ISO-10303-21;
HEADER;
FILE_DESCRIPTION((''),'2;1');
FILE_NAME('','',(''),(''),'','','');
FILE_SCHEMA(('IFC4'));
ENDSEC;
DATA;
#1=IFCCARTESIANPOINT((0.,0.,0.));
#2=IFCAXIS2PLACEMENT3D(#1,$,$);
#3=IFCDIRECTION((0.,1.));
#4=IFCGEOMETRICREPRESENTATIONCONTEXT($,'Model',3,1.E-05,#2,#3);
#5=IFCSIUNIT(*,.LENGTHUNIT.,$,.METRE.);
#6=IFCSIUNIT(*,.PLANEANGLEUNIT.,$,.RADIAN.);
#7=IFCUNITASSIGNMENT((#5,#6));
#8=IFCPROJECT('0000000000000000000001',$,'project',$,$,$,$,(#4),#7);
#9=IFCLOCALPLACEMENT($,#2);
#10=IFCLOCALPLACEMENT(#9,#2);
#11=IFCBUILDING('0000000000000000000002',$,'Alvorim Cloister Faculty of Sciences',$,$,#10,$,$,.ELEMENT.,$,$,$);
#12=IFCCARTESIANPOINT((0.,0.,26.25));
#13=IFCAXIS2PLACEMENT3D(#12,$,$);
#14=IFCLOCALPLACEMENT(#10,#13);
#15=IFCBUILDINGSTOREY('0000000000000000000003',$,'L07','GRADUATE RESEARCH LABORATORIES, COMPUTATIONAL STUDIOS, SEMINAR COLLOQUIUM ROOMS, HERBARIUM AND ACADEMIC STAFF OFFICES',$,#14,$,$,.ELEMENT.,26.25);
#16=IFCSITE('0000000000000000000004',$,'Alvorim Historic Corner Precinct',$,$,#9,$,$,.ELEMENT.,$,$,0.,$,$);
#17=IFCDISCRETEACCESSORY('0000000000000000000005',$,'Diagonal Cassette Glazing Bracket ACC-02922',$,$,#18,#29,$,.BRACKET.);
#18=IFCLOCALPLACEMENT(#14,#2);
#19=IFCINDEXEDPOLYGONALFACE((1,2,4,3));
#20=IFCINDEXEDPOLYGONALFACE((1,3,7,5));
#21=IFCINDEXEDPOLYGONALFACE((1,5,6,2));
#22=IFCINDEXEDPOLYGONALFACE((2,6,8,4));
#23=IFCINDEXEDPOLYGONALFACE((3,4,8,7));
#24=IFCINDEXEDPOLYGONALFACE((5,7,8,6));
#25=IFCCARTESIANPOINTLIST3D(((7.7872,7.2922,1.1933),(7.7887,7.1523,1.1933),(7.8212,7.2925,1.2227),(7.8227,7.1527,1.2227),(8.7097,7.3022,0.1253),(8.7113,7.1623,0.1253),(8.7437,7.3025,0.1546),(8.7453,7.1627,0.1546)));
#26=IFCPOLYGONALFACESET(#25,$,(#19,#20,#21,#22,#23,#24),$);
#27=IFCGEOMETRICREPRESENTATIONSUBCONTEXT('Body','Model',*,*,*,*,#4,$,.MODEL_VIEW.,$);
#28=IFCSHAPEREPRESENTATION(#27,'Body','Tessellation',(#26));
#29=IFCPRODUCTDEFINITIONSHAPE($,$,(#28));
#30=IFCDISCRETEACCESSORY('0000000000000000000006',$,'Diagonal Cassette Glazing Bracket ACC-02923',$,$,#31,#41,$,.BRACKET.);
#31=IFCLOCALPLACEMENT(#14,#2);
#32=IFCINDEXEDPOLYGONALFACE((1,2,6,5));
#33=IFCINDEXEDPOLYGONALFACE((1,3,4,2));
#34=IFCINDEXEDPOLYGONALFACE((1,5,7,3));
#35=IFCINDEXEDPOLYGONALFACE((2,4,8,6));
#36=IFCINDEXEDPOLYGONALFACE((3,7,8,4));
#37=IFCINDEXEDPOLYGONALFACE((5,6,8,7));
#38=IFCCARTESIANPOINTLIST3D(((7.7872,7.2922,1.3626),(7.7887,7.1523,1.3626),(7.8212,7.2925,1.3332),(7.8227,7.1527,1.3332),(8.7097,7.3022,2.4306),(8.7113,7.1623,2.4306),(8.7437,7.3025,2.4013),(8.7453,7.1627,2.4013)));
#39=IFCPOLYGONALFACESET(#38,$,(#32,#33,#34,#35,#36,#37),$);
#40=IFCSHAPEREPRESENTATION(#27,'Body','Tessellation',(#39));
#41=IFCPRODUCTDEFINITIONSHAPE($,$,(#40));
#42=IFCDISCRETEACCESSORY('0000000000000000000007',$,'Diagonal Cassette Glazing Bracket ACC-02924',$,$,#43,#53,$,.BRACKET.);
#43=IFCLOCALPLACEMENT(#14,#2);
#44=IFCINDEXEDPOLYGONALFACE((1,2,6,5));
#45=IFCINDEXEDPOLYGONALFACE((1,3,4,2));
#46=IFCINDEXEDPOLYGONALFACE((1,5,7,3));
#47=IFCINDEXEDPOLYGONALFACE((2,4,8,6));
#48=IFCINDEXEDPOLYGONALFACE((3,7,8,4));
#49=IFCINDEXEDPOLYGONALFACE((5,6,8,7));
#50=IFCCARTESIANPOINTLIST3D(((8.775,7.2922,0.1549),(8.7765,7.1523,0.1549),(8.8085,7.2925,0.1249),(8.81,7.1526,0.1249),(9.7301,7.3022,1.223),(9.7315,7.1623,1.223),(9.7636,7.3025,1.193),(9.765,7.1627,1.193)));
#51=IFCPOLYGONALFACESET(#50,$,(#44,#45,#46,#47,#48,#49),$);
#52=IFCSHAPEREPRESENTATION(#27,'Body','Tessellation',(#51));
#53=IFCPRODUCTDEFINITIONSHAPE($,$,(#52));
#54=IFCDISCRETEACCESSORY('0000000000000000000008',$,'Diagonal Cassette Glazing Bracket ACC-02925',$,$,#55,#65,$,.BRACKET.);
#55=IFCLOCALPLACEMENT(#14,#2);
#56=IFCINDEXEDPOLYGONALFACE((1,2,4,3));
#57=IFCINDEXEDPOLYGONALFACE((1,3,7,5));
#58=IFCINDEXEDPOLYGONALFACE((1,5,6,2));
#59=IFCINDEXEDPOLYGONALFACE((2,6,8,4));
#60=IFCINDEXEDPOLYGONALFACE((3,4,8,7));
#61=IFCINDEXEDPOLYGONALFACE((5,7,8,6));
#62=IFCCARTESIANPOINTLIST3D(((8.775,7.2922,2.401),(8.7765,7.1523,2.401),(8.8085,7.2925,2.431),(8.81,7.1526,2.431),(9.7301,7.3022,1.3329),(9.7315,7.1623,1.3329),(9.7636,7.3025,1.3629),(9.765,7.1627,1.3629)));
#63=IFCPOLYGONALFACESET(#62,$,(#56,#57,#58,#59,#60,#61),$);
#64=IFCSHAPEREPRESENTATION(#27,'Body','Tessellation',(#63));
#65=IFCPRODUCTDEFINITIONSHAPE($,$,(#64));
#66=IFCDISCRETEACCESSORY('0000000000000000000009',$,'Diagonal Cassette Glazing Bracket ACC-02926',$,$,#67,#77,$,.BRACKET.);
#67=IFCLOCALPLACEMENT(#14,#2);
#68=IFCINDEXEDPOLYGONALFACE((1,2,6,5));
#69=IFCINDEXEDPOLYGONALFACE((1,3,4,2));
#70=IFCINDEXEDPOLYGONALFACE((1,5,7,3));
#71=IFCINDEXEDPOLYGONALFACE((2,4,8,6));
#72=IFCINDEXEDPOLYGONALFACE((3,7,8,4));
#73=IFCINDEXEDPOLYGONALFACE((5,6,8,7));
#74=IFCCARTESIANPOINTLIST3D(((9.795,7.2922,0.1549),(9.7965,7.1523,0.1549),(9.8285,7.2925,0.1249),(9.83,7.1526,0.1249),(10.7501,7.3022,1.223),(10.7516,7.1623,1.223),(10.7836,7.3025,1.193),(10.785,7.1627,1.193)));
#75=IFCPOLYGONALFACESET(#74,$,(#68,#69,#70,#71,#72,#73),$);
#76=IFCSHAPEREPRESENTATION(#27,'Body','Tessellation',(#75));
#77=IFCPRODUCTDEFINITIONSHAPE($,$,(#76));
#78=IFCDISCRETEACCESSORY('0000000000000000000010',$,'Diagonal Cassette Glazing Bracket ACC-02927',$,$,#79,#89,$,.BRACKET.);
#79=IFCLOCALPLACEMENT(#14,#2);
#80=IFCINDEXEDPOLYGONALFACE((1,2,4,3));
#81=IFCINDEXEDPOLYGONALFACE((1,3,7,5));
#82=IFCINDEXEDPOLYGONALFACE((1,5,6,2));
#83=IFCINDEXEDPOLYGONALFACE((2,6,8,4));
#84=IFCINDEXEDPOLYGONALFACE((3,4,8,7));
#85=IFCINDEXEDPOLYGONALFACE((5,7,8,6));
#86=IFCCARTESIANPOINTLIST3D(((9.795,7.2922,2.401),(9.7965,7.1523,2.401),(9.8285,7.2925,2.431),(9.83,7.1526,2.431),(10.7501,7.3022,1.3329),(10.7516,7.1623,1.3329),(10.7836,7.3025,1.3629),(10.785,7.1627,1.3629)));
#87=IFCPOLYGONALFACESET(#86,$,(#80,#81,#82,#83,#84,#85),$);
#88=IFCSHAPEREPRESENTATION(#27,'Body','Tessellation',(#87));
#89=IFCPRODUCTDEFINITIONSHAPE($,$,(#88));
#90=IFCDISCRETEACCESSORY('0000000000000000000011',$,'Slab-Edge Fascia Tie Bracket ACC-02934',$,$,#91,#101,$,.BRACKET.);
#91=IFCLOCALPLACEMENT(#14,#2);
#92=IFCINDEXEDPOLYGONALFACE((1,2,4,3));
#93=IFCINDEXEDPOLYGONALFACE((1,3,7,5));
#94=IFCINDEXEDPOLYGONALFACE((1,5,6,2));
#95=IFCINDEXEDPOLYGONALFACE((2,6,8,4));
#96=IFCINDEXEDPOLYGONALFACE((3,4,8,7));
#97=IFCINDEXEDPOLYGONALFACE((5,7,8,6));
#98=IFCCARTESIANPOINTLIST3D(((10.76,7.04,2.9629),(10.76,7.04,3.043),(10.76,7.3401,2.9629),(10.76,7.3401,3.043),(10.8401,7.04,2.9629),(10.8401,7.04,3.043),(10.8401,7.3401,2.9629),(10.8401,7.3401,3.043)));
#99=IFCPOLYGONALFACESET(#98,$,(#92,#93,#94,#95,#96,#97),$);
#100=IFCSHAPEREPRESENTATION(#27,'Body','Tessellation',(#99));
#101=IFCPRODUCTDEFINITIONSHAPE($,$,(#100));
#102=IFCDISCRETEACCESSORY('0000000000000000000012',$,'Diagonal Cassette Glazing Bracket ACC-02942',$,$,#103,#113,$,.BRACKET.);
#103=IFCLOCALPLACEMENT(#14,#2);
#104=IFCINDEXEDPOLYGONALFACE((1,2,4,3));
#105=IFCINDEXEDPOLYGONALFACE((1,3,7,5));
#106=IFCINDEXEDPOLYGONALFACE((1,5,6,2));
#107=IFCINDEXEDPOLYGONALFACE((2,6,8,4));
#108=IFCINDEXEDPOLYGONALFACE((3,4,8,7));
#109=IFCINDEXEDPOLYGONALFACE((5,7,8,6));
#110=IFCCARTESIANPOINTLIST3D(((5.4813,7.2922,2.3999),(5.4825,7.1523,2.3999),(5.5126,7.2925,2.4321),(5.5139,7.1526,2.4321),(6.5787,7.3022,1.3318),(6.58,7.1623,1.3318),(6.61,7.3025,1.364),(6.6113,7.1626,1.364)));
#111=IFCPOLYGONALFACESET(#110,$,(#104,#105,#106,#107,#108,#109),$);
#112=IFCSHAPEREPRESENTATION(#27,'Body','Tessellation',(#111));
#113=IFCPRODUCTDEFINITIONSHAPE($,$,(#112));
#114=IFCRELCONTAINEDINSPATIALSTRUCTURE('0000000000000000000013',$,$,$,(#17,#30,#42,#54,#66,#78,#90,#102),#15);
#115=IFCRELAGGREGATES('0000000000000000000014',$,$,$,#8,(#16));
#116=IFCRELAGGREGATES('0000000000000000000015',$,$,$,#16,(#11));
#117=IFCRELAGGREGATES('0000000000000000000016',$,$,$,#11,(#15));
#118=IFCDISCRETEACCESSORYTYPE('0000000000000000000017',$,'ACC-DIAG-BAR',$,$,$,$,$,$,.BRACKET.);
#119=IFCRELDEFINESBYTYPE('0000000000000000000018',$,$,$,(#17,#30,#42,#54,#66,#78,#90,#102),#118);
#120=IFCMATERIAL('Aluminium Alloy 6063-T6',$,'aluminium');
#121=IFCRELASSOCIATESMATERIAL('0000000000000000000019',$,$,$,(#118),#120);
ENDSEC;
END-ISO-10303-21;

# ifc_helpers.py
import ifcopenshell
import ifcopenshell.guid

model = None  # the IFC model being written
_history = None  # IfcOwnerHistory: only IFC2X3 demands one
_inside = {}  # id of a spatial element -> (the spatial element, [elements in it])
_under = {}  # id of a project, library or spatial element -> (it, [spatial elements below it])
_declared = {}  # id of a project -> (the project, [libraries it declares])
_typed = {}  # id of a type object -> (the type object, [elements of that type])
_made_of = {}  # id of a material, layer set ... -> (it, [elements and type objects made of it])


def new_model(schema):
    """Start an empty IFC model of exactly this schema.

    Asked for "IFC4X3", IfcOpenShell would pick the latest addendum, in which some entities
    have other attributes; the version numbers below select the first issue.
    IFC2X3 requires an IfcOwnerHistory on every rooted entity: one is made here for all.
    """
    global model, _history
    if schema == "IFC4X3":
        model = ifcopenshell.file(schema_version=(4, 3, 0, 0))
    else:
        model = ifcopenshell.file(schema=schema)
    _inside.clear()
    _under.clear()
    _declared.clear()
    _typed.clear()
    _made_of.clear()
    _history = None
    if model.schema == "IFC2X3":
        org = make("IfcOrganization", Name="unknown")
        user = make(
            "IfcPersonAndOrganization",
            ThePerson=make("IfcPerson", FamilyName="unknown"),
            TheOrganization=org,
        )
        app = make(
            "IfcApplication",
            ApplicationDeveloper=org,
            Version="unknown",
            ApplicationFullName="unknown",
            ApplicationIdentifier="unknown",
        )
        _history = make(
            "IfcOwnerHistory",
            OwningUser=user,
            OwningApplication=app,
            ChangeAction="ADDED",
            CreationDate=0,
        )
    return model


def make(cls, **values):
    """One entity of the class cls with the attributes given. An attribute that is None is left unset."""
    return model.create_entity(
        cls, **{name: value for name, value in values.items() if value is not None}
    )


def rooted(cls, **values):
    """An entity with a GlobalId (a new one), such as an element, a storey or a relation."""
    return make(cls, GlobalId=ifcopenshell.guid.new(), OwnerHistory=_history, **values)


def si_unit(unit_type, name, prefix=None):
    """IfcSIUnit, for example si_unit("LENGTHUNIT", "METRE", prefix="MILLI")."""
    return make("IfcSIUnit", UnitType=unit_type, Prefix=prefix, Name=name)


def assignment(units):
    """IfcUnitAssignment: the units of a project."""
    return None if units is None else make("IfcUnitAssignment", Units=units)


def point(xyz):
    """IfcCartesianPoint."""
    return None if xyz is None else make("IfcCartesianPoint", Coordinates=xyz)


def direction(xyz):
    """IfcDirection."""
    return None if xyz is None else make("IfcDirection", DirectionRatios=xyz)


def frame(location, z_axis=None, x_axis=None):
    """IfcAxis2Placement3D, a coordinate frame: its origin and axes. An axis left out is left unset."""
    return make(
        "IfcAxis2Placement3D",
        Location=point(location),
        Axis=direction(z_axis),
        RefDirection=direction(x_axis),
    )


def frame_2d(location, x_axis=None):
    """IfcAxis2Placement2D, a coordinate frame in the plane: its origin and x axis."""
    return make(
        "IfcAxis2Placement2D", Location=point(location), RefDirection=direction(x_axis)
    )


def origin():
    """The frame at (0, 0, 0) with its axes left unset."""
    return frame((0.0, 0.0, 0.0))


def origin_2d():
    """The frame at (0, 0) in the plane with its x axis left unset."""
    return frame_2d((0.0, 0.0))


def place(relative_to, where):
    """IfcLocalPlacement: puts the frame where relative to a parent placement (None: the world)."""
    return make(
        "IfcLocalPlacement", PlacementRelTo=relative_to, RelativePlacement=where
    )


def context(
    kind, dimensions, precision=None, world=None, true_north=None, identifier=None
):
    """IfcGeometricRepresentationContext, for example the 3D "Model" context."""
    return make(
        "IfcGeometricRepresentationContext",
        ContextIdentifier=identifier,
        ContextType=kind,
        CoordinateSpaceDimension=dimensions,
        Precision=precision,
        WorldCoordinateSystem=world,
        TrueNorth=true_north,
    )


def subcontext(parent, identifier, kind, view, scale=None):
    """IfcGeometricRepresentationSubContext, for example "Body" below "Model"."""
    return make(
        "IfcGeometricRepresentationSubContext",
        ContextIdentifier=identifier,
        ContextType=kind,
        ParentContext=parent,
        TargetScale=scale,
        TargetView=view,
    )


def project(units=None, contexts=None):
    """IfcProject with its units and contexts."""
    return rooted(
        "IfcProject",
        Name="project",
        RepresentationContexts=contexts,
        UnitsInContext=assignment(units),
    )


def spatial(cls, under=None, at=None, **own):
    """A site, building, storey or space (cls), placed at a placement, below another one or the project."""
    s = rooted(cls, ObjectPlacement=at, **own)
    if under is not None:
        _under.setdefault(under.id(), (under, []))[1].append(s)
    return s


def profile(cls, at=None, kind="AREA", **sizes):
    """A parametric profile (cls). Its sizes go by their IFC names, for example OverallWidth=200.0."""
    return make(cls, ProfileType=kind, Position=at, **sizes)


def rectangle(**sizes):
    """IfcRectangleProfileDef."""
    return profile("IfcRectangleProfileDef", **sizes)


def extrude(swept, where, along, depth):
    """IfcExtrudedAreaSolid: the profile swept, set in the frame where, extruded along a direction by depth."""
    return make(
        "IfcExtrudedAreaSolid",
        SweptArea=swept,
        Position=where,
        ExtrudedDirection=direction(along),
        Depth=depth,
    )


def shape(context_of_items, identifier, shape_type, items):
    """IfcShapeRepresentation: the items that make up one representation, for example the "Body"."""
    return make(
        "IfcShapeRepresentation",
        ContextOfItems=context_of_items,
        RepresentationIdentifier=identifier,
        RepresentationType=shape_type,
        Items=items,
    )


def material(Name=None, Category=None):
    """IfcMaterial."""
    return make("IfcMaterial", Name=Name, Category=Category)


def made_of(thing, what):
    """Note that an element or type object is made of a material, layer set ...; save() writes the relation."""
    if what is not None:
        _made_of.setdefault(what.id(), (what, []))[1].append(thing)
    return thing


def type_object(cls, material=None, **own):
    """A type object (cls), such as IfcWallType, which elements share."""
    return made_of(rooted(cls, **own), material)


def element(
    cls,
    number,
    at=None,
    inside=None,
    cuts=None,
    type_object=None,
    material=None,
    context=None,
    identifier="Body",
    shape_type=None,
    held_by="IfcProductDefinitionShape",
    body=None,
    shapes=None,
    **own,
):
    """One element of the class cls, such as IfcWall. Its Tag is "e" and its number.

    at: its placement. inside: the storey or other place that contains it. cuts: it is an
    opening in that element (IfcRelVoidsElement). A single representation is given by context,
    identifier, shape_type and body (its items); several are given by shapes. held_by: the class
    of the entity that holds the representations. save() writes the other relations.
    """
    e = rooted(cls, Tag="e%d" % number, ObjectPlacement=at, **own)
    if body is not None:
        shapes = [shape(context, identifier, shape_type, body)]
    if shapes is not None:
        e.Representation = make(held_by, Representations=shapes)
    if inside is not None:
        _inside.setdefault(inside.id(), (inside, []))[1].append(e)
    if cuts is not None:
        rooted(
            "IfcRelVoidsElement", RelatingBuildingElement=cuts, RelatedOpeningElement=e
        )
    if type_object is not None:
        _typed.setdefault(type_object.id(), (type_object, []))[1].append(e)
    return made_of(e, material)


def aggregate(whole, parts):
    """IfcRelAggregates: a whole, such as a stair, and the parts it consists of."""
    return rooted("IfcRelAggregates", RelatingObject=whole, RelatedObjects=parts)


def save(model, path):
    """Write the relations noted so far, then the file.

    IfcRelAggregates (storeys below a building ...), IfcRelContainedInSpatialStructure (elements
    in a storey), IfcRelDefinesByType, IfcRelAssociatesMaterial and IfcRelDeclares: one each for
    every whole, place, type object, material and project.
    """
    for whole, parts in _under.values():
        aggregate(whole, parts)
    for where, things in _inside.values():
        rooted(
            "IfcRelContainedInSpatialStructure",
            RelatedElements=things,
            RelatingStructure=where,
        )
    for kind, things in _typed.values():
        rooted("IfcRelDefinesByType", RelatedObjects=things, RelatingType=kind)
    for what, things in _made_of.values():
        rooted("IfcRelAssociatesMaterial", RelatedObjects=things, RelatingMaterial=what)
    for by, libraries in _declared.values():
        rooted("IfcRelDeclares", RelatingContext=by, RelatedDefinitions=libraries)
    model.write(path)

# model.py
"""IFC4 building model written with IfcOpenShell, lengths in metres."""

from ifc_helpers import new_model, si_unit, direction, frame, origin, origin_2d, place, context, subcontext, project, spatial, rectangle, extrude, material, type_object, element, save


model = new_model("IFC4")

# Units and contexts
model_context = context("Model", 3, precision=1e-05, world=origin(), true_north=direction((0.0, 1.0)))
body_context = subcontext(model_context, "Body", "Model", "MODEL_VIEW")
ifc_project = project(units=[si_unit("LENGTHUNIT", "METRE"), si_unit("PLANEANGLEUNIT", "RADIAN")], contexts=[model_context])

# Site, building, storey
site_placement = place(None, origin())
site = spatial("IfcSite", under=ifc_project, at=site_placement, Name="Alvorim Historic Corner Precinct", CompositionType="ELEMENT", RefElevation=0.0)
building_placement = place(site_placement, origin())
building = spatial("IfcBuilding", under=site, at=building_placement, Name="Alvorim Cloister Faculty of Sciences", CompositionType="ELEMENT")
storey_placement = place(building_placement, frame((0.0, 0.0, 26.25)))
storey = spatial("IfcBuildingStorey", under=building, at=storey_placement, Name="L07", Description="GRADUATE RESEARCH LABORATORIES, COMPUTATIONAL STUDIOS, SEMINAR COLLOQUIUM ROOMS, HERBARIUM AND ACADEMIC STAFF OFFICES", CompositionType="ELEMENT", Elevation=26.25)

# Shared definitions
ifc_material_1 = material(Name="Aluminium Alloy 6063-T6", Category="aluminium")

# Discrete accessories
discrete_accessory_type = type_object("IfcDiscreteAccessoryType", Name="ACC-DIAG-BAR", PredefinedType="BRACKET", material=ifc_material_1)
for number, where, z_axis, x_axis, name in (
    (1, (7.8049, 7.2224, 1.208), (0.653662, 0.007092, -0.756753), (-0.010849, 0.999941, 0.0), "Diagonal Cassette Glazing Bracket ACC-02922"),
    (2, (7.8049, 7.2224, 1.3479), (0.653662, 0.007092, 0.756753), (-0.010849, 0.999941, 0.0), "Diagonal Cassette Glazing Bracket ACC-02923"),
):
    element("IfcDiscreteAccessory", number, at=place(storey_placement, frame(where, z_axis=z_axis, x_axis=x_axis)), inside=storey, type_object=discrete_accessory_type, Name=name, PredefinedType="BRACKET", context=body_context, shape_type="SweptSolid", body=[
        extrude(rectangle(XDim=0.1399, YDim=0.0449, at=origin_2d()), origin(), (0.0, 0.0, 1.0), 1.4114),
    ])
for number, where, z_axis, x_axis, name in (
    (3, (8.7925, 7.2224, 0.1399), (0.666544, 0.006986, 0.745433), (-0.01048, 0.999945, 0.0), "Diagonal Cassette Glazing Bracket ACC-02924"),
    (4, (8.7925, 7.2224, 2.416), (0.666544, 0.006986, -0.745433), (-0.01048, 0.999945, 0.0), "Diagonal Cassette Glazing Bracket ACC-02925"),
    (5, (9.8125, 7.2224, 0.1399), (0.666544, 0.006986, 0.745433), (-0.01048, 0.999945, 0.0), "Diagonal Cassette Glazing Bracket ACC-02926"),
    (6, (9.8125, 7.2224, 2.416), (0.666544, 0.006986, -0.745433), (-0.01048, 0.999945, 0.0), "Diagonal Cassette Glazing Bracket ACC-02927"),
):
    element("IfcDiscreteAccessory", number, at=place(storey_placement, frame(where, z_axis=z_axis, x_axis=x_axis)), inside=storey, type_object=discrete_accessory_type, Name=name, PredefinedType="BRACKET", context=body_context, shape_type="SweptSolid", body=[
        extrude(rectangle(XDim=0.1399, YDim=0.0449, at=origin_2d()), origin(), (0.0, 0.0, 1.0), 1.4329),
    ])
discrete_accessory_1_placement = place(storey_placement, frame((10.8, 7.3401, 3.0029), z_axis=(0.0, -1.0, 0.0), x_axis=(1.0, 0.0, 0.0)))
element("IfcDiscreteAccessory", 7, at=discrete_accessory_1_placement, inside=storey, type_object=discrete_accessory_type, Name="Slab-Edge Fascia Tie Bracket ACC-02934", PredefinedType="BRACKET", context=body_context, shape_type="SweptSolid", body=[
    extrude(rectangle(XDim=0.0801, YDim=0.0801, at=origin_2d()), origin(), (0.0, 0.0, 1.0), 0.3),
])
discrete_accessory_2_placement = place(storey_placement, frame((5.4976, 7.2224, 2.416), z_axis=(0.716592, 0.006536, -0.697462), x_axis=(-0.009121, 0.999958, 0.0)))
element("IfcDiscreteAccessory", 8, at=discrete_accessory_2_placement, inside=storey, type_object=discrete_accessory_type, Name="Diagonal Cassette Glazing Bracket ACC-02942", PredefinedType="BRACKET", context=body_context, shape_type="SweptSolid", body=[
    extrude(rectangle(XDim=0.1399, YDim=0.0449, at=origin_2d()), origin(), (0.0, 0.0, 1.0), 1.5315),
])

save(model, "model.ifc")
